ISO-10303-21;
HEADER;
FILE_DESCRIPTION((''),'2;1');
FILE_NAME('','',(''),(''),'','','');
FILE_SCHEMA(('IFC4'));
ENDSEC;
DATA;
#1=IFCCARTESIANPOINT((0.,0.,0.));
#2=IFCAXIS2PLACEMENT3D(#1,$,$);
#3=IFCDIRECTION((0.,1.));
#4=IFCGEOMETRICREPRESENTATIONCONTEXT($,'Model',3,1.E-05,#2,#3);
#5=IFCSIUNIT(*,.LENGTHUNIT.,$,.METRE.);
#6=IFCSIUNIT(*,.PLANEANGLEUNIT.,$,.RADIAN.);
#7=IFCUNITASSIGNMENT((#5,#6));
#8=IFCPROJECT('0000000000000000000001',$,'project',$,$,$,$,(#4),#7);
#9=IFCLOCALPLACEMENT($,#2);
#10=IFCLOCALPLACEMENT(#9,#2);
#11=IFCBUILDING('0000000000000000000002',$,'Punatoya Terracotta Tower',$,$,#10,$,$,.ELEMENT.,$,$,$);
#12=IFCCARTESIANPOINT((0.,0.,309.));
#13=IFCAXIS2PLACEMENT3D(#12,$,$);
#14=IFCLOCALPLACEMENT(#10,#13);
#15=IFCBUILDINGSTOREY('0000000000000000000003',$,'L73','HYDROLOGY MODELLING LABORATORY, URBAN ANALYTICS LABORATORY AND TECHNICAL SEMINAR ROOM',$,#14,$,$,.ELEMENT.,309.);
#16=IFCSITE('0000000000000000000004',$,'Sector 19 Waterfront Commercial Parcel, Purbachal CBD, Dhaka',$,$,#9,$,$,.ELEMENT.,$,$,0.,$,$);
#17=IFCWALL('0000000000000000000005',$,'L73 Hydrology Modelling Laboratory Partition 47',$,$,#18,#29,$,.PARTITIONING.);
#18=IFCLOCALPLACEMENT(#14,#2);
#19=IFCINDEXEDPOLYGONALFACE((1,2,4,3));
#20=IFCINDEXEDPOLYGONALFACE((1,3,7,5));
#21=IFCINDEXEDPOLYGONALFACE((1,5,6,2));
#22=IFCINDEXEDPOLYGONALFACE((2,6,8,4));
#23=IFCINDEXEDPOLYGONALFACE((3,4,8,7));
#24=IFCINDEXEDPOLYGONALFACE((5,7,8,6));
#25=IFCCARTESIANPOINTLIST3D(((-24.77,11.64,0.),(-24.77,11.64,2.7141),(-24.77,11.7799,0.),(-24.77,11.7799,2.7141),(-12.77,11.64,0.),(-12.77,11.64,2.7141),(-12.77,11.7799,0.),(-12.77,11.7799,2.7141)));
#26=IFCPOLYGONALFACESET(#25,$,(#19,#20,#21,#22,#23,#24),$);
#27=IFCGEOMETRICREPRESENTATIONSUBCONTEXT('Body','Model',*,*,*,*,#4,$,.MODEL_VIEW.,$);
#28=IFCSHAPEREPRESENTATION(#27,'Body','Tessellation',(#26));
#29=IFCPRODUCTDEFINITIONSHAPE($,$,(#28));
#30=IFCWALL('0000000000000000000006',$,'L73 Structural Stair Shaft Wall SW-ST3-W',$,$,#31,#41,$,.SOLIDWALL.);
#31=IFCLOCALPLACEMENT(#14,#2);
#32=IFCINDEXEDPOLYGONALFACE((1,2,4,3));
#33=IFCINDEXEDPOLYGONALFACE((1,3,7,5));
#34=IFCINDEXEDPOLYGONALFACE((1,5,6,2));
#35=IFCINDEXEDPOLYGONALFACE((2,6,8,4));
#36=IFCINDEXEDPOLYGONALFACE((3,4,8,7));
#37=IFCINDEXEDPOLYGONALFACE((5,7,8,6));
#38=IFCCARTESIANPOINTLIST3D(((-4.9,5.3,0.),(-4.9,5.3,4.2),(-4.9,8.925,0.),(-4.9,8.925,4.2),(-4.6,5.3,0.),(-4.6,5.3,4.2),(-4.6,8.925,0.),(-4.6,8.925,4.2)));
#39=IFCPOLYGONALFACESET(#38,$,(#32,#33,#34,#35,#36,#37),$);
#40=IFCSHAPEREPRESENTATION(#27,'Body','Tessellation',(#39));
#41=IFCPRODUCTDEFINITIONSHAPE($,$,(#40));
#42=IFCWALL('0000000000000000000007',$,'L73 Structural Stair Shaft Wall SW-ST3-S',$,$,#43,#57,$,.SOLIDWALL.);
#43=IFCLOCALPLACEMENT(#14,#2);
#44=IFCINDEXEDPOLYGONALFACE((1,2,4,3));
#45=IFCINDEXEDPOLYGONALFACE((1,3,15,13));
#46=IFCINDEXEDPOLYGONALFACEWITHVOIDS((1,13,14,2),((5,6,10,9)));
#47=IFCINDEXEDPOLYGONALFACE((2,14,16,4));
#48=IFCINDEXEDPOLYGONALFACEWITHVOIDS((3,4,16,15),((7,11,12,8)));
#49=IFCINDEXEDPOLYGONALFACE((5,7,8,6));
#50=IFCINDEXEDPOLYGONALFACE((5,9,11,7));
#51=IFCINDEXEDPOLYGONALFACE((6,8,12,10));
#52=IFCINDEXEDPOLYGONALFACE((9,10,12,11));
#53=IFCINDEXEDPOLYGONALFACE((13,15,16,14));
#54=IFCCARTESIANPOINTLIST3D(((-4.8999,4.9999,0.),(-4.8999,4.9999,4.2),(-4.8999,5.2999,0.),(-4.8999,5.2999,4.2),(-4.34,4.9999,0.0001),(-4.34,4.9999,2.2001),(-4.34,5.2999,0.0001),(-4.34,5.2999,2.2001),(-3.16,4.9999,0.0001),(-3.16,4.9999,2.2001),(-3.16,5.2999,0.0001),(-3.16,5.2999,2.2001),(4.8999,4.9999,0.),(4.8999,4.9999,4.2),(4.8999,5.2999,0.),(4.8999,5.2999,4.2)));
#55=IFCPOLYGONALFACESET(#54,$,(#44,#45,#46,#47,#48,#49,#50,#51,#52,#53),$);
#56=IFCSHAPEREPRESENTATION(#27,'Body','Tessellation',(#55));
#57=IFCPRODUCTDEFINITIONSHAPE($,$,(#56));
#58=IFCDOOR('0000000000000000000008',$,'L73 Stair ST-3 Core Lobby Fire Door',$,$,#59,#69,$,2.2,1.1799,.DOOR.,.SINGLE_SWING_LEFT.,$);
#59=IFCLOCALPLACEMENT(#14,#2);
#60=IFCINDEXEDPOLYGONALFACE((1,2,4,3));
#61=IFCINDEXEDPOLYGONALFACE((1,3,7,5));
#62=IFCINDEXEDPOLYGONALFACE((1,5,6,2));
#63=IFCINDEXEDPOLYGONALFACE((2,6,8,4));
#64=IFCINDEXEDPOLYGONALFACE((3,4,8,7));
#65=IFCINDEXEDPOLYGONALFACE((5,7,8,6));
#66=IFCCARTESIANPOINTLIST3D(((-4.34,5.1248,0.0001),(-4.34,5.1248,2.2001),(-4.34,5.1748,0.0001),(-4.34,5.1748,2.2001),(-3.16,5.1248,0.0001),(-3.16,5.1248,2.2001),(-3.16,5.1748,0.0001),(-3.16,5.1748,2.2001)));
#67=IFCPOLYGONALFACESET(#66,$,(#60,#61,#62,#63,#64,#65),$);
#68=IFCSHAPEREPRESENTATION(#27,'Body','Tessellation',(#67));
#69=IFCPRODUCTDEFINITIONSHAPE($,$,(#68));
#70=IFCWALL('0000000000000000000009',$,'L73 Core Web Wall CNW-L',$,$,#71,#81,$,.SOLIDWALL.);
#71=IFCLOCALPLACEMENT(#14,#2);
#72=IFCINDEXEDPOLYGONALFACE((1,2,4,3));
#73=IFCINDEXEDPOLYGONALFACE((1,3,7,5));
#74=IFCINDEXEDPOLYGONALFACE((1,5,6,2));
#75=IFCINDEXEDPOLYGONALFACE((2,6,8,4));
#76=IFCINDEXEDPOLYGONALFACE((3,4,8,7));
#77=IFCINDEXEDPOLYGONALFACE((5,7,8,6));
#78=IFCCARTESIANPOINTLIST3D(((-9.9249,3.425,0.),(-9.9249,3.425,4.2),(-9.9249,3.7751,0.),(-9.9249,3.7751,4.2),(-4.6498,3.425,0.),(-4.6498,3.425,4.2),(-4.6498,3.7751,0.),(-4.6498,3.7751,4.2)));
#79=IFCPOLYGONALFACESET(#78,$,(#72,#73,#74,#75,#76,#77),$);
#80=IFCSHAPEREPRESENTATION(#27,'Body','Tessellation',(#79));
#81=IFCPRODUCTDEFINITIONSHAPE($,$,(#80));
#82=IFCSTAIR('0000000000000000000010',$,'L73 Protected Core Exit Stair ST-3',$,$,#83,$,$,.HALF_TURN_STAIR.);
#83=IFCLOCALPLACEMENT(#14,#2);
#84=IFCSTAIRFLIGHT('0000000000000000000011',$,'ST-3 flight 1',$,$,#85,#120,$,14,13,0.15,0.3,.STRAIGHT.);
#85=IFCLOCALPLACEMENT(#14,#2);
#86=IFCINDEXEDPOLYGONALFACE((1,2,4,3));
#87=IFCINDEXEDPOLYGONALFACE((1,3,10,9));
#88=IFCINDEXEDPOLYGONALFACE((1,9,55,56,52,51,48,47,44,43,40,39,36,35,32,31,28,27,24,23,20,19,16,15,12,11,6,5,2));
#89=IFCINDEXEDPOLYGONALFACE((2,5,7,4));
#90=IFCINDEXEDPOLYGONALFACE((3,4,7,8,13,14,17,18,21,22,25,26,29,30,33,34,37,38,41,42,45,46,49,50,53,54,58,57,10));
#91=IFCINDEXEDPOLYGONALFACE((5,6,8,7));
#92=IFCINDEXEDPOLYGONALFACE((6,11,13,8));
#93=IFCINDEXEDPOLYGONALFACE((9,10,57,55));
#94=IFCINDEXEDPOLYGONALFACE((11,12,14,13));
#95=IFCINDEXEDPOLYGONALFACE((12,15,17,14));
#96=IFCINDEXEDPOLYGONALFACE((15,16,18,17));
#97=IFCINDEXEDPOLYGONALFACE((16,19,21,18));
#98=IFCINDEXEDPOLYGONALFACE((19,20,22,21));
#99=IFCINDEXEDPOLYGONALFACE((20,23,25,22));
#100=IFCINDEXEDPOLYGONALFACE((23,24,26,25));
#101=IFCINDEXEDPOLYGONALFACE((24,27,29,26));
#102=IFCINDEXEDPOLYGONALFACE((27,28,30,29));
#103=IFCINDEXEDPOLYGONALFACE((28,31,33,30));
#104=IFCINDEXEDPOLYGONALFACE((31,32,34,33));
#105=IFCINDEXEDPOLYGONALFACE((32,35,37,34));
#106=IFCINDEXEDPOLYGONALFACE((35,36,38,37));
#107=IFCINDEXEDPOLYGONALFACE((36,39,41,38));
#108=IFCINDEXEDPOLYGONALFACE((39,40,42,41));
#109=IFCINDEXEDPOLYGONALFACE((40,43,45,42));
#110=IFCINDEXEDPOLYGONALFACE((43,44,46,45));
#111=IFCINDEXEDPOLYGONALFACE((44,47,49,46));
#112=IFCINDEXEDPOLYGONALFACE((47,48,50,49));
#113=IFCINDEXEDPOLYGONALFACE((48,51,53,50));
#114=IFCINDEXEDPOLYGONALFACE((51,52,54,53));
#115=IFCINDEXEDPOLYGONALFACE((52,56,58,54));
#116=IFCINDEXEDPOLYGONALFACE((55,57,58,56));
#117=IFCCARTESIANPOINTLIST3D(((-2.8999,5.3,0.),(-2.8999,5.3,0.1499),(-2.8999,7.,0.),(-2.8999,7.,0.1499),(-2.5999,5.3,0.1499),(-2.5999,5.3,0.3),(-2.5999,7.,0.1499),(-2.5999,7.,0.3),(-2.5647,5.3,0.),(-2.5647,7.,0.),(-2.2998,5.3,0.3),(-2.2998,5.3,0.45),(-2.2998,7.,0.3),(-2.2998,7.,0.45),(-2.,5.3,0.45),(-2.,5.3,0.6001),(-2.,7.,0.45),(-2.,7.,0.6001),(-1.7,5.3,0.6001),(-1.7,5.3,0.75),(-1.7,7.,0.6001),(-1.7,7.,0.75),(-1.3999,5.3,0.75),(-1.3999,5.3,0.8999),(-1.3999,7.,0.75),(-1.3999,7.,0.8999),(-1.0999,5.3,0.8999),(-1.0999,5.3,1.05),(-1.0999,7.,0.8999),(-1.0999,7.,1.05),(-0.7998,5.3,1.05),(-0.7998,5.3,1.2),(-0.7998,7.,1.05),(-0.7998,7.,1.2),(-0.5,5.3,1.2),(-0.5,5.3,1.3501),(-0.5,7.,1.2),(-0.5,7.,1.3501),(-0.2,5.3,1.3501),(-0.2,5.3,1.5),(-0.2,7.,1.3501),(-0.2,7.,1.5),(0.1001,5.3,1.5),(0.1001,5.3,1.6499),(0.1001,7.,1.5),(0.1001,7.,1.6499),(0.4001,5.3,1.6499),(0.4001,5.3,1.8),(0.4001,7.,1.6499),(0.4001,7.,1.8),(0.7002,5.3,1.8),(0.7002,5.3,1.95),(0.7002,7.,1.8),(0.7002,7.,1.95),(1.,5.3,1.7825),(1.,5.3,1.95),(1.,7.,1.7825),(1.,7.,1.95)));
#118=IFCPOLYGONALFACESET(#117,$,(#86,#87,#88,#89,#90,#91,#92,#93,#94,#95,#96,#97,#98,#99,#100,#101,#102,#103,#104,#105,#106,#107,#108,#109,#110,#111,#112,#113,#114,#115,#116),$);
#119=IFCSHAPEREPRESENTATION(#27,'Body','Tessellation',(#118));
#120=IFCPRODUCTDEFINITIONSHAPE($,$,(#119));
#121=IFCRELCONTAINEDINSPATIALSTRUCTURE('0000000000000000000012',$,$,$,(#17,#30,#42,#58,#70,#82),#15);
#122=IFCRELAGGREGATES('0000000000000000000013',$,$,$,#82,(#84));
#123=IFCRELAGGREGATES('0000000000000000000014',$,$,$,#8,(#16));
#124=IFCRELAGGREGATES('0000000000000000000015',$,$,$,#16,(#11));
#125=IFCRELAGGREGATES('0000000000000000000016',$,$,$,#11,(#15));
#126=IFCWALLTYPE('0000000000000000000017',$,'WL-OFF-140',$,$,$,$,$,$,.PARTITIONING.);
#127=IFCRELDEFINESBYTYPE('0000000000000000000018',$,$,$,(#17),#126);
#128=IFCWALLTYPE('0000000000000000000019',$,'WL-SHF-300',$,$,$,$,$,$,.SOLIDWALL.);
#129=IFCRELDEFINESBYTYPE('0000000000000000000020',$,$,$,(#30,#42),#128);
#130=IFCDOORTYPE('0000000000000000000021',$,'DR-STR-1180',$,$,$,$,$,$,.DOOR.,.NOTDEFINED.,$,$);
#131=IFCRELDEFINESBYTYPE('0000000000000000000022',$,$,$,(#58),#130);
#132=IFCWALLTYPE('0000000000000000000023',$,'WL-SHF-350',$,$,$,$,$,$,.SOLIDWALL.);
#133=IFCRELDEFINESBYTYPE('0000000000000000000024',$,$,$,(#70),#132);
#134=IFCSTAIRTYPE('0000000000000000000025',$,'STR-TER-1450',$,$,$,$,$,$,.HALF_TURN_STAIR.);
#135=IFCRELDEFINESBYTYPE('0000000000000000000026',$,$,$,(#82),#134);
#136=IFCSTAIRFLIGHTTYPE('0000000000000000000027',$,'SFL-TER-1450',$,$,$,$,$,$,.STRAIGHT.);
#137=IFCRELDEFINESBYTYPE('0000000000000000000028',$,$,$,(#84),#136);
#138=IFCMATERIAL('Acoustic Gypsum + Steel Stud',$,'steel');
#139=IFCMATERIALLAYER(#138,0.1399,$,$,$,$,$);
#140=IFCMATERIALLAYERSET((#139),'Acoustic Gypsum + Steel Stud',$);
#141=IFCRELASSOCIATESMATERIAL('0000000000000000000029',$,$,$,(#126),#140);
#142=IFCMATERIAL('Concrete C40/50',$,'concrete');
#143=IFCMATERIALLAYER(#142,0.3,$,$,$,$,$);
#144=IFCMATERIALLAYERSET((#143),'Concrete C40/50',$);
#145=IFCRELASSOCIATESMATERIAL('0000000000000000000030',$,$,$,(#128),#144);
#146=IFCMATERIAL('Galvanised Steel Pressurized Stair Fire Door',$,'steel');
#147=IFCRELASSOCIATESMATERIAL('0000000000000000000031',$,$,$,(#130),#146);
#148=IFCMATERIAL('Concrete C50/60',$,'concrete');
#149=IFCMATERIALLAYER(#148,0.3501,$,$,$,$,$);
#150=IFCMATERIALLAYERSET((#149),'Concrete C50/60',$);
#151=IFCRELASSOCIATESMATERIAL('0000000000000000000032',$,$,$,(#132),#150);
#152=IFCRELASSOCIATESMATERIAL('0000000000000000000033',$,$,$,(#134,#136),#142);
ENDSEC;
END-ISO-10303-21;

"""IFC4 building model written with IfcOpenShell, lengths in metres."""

from ifc_helpers import new_model, si_unit, direction, frame, frame_2d, origin, place, context, subcontext, project, spatial, polyline, rectangle, outline, extrude, material, layer, layer_set, type_object, element, fill, aggregate, save


model = new_model("IFC4")

# Units and contexts
model_context = context("Model", 3, precision=1e-05, world=origin(), true_north=direction((0.0, 1.0)))
body_context = subcontext(model_context, "Body", "Model", "MODEL_VIEW")
ifc_project = project(units=[si_unit("LENGTHUNIT", "METRE"), si_unit("PLANEANGLEUNIT", "RADIAN")], contexts=[model_context])

# Site, building, storey
site_placement = place(None, origin())
site = spatial("IfcSite", under=ifc_project, at=site_placement, Name="Sector 19 Waterfront Commercial Parcel, Purbachal CBD, Dhaka", CompositionType="ELEMENT", RefElevation=0.0)
building_placement = place(site_placement, origin())
building = spatial("IfcBuilding", under=site, at=building_placement, Name="Punatoya Terracotta Tower", CompositionType="ELEMENT")
storey_placement = place(building_placement, frame((0.0, 0.0, 309.0)))
storey = spatial("IfcBuildingStorey", under=building, at=storey_placement, Name="L73", Description="HYDROLOGY MODELLING LABORATORY, URBAN ANALYTICS LABORATORY AND TECHNICAL SEMINAR ROOM", CompositionType="ELEMENT", Elevation=309.0)

# Shared definitions
ifc_material_1 = material(Name="Concrete C50/60", Category="concrete")

# Shared definitions
ifc_material_2 = material(Name="Concrete C40/50", Category="concrete")

# Walls
ifc_material_3 = material(Name="Acoustic Gypsum + Steel Stud", Category="steel")
ifc_layer_1 = layer(ifc_material_3, 0.1399)
ifc_layer_set_1 = layer_set([ifc_layer_1], Name="Acoustic Gypsum + Steel Stud")
wall_type_1 = type_object("IfcWallType", Name="WL-OFF-140", PredefinedType="PARTITIONING", material=ifc_layer_set_1)
wall_1_placement = place(storey_placement, frame((-12.77, 11.71, 0.0), z_axis=(0.0, 0.0, 1.0), x_axis=(-1.0, 0.0, 0.0)))
element("IfcWall", 1, at=wall_1_placement, inside=storey, type_object=wall_type_1, Name="L73 Hydrology Modelling Laboratory Partition 47", PredefinedType="PARTITIONING", context=body_context, shape_type="SweptSolid", body=[
    extrude(rectangle(XDim=12.0, YDim=0.1399, at=frame_2d((6.0, 0.0))), origin(), (0.0, 0.0, 1.0), 2.7141),
])
ifc_layer_2 = layer(ifc_material_2, 0.3)
ifc_layer_set_2 = layer_set([ifc_layer_2], Name="Concrete C40/50")
wall_type_2 = type_object("IfcWallType", Name="WL-SHF-300", PredefinedType="SOLIDWALL", material=ifc_layer_set_2)
wall_2_placement = place(storey_placement, frame((-4.75, 5.3, 0.0), z_axis=(0.0, 0.0, 1.0), x_axis=(0.0, 1.0, 0.0)))
element("IfcWall", 2, at=wall_2_placement, inside=storey, type_object=wall_type_2, Name="L73 Structural Stair Shaft Wall SW-ST3-W", PredefinedType="SOLIDWALL", context=body_context, shape_type="SweptSolid", body=[
    extrude(rectangle(XDim=3.625, YDim=0.3, at=frame_2d((1.8125, 0.0))), origin(), (0.0, 0.0, 1.0), 4.2),
])

# Wall, opening, door
wall_3_placement = place(storey_placement, frame((-4.8999, 5.1499, 0.0), z_axis=(0.0, 0.0, 1.0), x_axis=(1.0, 0.0, 0.0)))
wall_3 = element("IfcWall", 3, at=wall_3_placement, inside=storey, type_object=wall_type_2, Name="L73 Structural Stair Shaft Wall SW-ST3-S", PredefinedType="SOLIDWALL", context=body_context, shape_type="SweptSolid", body=[
    extrude(rectangle(XDim=9.7998, YDim=0.3, at=frame_2d((4.8999, 0.0))), origin(), (0.0, 0.0, 1.0), 4.2),
])
opening_1_placement = place(wall_3_placement, frame((0.5601, 0.0, 0.0)))
opening_1 = element("IfcOpeningElement", 4, at=opening_1_placement, cuts=wall_3, PredefinedType="OPENING", context=body_context, shape_type="SweptSolid", body=[
    extrude(rectangle(XDim=1.1799, YDim=2.2, at=frame_2d((0.5898, 1.1001))), frame((0.0, 0.1599, 0.0), z_axis=(0.0, -1.0, 0.0), x_axis=(1.0, 0.0, 0.0)), (0.0, 0.0, 1.0), 0.3201),
])
ifc_material_4 = material(Name="Galvanised Steel Pressurized Stair Fire Door", Category="steel")
door_type_1 = type_object("IfcDoorType", Name="DR-STR-1180", OperationType="NOTDEFINED", PredefinedType="DOOR", material=ifc_material_4)
door_1_placement = place(opening_1_placement, origin())
door_1 = element("IfcDoor", 5, at=door_1_placement, inside=storey, type_object=door_type_1, Name="L73 Stair ST-3 Core Lobby Fire Door", OperationType="SINGLE_SWING_LEFT", OverallHeight=2.2, OverallWidth=1.1799, PredefinedType="DOOR", context=body_context, shape_type="SweptSolid", body=[
    extrude(rectangle(XDim=1.1799, YDim=2.2, at=frame_2d((0.5898, 1.1001))), frame((0.0, 0.0249, 0.0), z_axis=(0.0, -1.0, 0.0), x_axis=(1.0, 0.0, 0.0)), (0.0, 0.0, 1.0), 0.05),
])
fill(opening_1, door_1)

# Wall
ifc_layer_3 = layer(ifc_material_1, 0.3501)
ifc_layer_set_3 = layer_set([ifc_layer_3], Name="Concrete C50/60")
wall_type_3 = type_object("IfcWallType", Name="WL-SHF-350", PredefinedType="SOLIDWALL", material=ifc_layer_set_3)
wall_4_placement = place(storey_placement, frame((-9.925, 3.6001, 0.0), z_axis=(0.0, 0.0, 1.0), x_axis=(1.0, 0.0, 0.0)))
element("IfcWall", 6, at=wall_4_placement, inside=storey, type_object=wall_type_3, Name="L73 Core Web Wall CNW-L", PredefinedType="SOLIDWALL", context=body_context, shape_type="SweptSolid", body=[
    extrude(rectangle(XDim=5.2751, YDim=0.3501, at=frame_2d((2.6377, 0.0))), origin(), (0.0, 0.0, 1.0), 4.2),
])

# Stair, stair flight
stair_type = type_object("IfcStairType", Name="STR-TER-1450", PredefinedType="HALF_TURN_STAIR", material=ifc_material_2)
stair_placement = place(storey_placement, origin())
stair = element("IfcStair", 7, at=stair_placement, inside=storey, type_object=stair_type, Name="L73 Protected Core Exit Stair ST-3", PredefinedType="HALF_TURN_STAIR")
stair_flight_type = type_object("IfcStairFlightType", Name="SFL-TER-1450", PredefinedType="STRAIGHT", material=ifc_material_2)
stair_flight_placement = place(storey_placement, frame((-2.8999, 6.1499, 0.0), z_axis=(0.0, 0.0, 1.0), x_axis=(1.0, 0.0, 0.0)))
stair_flight = element("IfcStairFlight", 8, at=stair_flight_placement, type_object=stair_flight_type, Name="ST-3 flight 1", NumberOfRisers=14, NumberOfTreads=13, PredefinedType="STRAIGHT", RiserHeight=0.15, TreadLength=0.3, context=body_context, shape_type="SweptSolid", body=[
    extrude(outline(polyline([(0.0, 0.0), (0.0, 0.1499), (0.3, 0.1499), (0.3, 0.3), (0.6001, 0.3), (0.6001, 0.45), (0.8999, 0.45), (0.8999, 0.6001), (1.2, 0.6001), (1.2, 0.75), (1.5, 0.75), (1.5, 0.8999), (1.8, 0.8999), (1.8, 1.05), (2.1001, 1.05), (2.1001, 1.2), (2.3999, 1.2), (2.3999, 1.3501), (2.7, 1.3501), (2.7, 1.5), (3.0, 1.5), (3.0, 1.6499), (3.3, 1.6499), (3.3, 1.8), (3.6001, 1.8), (3.6001, 1.95), (3.8999, 1.95), (3.8999, 2.1001), (3.8999, 1.7825), (0.3352, 0.0), (0.0, 0.0)])), frame((0.0, 0.8501, 0.0), z_axis=(0.0, -1.0, 0.0), x_axis=(1.0, 0.0, 0.0)), (0.0, 0.0, 1.0), 1.7),
])
aggregate(stair, [stair_flight])

save(model, "model.ifc")
